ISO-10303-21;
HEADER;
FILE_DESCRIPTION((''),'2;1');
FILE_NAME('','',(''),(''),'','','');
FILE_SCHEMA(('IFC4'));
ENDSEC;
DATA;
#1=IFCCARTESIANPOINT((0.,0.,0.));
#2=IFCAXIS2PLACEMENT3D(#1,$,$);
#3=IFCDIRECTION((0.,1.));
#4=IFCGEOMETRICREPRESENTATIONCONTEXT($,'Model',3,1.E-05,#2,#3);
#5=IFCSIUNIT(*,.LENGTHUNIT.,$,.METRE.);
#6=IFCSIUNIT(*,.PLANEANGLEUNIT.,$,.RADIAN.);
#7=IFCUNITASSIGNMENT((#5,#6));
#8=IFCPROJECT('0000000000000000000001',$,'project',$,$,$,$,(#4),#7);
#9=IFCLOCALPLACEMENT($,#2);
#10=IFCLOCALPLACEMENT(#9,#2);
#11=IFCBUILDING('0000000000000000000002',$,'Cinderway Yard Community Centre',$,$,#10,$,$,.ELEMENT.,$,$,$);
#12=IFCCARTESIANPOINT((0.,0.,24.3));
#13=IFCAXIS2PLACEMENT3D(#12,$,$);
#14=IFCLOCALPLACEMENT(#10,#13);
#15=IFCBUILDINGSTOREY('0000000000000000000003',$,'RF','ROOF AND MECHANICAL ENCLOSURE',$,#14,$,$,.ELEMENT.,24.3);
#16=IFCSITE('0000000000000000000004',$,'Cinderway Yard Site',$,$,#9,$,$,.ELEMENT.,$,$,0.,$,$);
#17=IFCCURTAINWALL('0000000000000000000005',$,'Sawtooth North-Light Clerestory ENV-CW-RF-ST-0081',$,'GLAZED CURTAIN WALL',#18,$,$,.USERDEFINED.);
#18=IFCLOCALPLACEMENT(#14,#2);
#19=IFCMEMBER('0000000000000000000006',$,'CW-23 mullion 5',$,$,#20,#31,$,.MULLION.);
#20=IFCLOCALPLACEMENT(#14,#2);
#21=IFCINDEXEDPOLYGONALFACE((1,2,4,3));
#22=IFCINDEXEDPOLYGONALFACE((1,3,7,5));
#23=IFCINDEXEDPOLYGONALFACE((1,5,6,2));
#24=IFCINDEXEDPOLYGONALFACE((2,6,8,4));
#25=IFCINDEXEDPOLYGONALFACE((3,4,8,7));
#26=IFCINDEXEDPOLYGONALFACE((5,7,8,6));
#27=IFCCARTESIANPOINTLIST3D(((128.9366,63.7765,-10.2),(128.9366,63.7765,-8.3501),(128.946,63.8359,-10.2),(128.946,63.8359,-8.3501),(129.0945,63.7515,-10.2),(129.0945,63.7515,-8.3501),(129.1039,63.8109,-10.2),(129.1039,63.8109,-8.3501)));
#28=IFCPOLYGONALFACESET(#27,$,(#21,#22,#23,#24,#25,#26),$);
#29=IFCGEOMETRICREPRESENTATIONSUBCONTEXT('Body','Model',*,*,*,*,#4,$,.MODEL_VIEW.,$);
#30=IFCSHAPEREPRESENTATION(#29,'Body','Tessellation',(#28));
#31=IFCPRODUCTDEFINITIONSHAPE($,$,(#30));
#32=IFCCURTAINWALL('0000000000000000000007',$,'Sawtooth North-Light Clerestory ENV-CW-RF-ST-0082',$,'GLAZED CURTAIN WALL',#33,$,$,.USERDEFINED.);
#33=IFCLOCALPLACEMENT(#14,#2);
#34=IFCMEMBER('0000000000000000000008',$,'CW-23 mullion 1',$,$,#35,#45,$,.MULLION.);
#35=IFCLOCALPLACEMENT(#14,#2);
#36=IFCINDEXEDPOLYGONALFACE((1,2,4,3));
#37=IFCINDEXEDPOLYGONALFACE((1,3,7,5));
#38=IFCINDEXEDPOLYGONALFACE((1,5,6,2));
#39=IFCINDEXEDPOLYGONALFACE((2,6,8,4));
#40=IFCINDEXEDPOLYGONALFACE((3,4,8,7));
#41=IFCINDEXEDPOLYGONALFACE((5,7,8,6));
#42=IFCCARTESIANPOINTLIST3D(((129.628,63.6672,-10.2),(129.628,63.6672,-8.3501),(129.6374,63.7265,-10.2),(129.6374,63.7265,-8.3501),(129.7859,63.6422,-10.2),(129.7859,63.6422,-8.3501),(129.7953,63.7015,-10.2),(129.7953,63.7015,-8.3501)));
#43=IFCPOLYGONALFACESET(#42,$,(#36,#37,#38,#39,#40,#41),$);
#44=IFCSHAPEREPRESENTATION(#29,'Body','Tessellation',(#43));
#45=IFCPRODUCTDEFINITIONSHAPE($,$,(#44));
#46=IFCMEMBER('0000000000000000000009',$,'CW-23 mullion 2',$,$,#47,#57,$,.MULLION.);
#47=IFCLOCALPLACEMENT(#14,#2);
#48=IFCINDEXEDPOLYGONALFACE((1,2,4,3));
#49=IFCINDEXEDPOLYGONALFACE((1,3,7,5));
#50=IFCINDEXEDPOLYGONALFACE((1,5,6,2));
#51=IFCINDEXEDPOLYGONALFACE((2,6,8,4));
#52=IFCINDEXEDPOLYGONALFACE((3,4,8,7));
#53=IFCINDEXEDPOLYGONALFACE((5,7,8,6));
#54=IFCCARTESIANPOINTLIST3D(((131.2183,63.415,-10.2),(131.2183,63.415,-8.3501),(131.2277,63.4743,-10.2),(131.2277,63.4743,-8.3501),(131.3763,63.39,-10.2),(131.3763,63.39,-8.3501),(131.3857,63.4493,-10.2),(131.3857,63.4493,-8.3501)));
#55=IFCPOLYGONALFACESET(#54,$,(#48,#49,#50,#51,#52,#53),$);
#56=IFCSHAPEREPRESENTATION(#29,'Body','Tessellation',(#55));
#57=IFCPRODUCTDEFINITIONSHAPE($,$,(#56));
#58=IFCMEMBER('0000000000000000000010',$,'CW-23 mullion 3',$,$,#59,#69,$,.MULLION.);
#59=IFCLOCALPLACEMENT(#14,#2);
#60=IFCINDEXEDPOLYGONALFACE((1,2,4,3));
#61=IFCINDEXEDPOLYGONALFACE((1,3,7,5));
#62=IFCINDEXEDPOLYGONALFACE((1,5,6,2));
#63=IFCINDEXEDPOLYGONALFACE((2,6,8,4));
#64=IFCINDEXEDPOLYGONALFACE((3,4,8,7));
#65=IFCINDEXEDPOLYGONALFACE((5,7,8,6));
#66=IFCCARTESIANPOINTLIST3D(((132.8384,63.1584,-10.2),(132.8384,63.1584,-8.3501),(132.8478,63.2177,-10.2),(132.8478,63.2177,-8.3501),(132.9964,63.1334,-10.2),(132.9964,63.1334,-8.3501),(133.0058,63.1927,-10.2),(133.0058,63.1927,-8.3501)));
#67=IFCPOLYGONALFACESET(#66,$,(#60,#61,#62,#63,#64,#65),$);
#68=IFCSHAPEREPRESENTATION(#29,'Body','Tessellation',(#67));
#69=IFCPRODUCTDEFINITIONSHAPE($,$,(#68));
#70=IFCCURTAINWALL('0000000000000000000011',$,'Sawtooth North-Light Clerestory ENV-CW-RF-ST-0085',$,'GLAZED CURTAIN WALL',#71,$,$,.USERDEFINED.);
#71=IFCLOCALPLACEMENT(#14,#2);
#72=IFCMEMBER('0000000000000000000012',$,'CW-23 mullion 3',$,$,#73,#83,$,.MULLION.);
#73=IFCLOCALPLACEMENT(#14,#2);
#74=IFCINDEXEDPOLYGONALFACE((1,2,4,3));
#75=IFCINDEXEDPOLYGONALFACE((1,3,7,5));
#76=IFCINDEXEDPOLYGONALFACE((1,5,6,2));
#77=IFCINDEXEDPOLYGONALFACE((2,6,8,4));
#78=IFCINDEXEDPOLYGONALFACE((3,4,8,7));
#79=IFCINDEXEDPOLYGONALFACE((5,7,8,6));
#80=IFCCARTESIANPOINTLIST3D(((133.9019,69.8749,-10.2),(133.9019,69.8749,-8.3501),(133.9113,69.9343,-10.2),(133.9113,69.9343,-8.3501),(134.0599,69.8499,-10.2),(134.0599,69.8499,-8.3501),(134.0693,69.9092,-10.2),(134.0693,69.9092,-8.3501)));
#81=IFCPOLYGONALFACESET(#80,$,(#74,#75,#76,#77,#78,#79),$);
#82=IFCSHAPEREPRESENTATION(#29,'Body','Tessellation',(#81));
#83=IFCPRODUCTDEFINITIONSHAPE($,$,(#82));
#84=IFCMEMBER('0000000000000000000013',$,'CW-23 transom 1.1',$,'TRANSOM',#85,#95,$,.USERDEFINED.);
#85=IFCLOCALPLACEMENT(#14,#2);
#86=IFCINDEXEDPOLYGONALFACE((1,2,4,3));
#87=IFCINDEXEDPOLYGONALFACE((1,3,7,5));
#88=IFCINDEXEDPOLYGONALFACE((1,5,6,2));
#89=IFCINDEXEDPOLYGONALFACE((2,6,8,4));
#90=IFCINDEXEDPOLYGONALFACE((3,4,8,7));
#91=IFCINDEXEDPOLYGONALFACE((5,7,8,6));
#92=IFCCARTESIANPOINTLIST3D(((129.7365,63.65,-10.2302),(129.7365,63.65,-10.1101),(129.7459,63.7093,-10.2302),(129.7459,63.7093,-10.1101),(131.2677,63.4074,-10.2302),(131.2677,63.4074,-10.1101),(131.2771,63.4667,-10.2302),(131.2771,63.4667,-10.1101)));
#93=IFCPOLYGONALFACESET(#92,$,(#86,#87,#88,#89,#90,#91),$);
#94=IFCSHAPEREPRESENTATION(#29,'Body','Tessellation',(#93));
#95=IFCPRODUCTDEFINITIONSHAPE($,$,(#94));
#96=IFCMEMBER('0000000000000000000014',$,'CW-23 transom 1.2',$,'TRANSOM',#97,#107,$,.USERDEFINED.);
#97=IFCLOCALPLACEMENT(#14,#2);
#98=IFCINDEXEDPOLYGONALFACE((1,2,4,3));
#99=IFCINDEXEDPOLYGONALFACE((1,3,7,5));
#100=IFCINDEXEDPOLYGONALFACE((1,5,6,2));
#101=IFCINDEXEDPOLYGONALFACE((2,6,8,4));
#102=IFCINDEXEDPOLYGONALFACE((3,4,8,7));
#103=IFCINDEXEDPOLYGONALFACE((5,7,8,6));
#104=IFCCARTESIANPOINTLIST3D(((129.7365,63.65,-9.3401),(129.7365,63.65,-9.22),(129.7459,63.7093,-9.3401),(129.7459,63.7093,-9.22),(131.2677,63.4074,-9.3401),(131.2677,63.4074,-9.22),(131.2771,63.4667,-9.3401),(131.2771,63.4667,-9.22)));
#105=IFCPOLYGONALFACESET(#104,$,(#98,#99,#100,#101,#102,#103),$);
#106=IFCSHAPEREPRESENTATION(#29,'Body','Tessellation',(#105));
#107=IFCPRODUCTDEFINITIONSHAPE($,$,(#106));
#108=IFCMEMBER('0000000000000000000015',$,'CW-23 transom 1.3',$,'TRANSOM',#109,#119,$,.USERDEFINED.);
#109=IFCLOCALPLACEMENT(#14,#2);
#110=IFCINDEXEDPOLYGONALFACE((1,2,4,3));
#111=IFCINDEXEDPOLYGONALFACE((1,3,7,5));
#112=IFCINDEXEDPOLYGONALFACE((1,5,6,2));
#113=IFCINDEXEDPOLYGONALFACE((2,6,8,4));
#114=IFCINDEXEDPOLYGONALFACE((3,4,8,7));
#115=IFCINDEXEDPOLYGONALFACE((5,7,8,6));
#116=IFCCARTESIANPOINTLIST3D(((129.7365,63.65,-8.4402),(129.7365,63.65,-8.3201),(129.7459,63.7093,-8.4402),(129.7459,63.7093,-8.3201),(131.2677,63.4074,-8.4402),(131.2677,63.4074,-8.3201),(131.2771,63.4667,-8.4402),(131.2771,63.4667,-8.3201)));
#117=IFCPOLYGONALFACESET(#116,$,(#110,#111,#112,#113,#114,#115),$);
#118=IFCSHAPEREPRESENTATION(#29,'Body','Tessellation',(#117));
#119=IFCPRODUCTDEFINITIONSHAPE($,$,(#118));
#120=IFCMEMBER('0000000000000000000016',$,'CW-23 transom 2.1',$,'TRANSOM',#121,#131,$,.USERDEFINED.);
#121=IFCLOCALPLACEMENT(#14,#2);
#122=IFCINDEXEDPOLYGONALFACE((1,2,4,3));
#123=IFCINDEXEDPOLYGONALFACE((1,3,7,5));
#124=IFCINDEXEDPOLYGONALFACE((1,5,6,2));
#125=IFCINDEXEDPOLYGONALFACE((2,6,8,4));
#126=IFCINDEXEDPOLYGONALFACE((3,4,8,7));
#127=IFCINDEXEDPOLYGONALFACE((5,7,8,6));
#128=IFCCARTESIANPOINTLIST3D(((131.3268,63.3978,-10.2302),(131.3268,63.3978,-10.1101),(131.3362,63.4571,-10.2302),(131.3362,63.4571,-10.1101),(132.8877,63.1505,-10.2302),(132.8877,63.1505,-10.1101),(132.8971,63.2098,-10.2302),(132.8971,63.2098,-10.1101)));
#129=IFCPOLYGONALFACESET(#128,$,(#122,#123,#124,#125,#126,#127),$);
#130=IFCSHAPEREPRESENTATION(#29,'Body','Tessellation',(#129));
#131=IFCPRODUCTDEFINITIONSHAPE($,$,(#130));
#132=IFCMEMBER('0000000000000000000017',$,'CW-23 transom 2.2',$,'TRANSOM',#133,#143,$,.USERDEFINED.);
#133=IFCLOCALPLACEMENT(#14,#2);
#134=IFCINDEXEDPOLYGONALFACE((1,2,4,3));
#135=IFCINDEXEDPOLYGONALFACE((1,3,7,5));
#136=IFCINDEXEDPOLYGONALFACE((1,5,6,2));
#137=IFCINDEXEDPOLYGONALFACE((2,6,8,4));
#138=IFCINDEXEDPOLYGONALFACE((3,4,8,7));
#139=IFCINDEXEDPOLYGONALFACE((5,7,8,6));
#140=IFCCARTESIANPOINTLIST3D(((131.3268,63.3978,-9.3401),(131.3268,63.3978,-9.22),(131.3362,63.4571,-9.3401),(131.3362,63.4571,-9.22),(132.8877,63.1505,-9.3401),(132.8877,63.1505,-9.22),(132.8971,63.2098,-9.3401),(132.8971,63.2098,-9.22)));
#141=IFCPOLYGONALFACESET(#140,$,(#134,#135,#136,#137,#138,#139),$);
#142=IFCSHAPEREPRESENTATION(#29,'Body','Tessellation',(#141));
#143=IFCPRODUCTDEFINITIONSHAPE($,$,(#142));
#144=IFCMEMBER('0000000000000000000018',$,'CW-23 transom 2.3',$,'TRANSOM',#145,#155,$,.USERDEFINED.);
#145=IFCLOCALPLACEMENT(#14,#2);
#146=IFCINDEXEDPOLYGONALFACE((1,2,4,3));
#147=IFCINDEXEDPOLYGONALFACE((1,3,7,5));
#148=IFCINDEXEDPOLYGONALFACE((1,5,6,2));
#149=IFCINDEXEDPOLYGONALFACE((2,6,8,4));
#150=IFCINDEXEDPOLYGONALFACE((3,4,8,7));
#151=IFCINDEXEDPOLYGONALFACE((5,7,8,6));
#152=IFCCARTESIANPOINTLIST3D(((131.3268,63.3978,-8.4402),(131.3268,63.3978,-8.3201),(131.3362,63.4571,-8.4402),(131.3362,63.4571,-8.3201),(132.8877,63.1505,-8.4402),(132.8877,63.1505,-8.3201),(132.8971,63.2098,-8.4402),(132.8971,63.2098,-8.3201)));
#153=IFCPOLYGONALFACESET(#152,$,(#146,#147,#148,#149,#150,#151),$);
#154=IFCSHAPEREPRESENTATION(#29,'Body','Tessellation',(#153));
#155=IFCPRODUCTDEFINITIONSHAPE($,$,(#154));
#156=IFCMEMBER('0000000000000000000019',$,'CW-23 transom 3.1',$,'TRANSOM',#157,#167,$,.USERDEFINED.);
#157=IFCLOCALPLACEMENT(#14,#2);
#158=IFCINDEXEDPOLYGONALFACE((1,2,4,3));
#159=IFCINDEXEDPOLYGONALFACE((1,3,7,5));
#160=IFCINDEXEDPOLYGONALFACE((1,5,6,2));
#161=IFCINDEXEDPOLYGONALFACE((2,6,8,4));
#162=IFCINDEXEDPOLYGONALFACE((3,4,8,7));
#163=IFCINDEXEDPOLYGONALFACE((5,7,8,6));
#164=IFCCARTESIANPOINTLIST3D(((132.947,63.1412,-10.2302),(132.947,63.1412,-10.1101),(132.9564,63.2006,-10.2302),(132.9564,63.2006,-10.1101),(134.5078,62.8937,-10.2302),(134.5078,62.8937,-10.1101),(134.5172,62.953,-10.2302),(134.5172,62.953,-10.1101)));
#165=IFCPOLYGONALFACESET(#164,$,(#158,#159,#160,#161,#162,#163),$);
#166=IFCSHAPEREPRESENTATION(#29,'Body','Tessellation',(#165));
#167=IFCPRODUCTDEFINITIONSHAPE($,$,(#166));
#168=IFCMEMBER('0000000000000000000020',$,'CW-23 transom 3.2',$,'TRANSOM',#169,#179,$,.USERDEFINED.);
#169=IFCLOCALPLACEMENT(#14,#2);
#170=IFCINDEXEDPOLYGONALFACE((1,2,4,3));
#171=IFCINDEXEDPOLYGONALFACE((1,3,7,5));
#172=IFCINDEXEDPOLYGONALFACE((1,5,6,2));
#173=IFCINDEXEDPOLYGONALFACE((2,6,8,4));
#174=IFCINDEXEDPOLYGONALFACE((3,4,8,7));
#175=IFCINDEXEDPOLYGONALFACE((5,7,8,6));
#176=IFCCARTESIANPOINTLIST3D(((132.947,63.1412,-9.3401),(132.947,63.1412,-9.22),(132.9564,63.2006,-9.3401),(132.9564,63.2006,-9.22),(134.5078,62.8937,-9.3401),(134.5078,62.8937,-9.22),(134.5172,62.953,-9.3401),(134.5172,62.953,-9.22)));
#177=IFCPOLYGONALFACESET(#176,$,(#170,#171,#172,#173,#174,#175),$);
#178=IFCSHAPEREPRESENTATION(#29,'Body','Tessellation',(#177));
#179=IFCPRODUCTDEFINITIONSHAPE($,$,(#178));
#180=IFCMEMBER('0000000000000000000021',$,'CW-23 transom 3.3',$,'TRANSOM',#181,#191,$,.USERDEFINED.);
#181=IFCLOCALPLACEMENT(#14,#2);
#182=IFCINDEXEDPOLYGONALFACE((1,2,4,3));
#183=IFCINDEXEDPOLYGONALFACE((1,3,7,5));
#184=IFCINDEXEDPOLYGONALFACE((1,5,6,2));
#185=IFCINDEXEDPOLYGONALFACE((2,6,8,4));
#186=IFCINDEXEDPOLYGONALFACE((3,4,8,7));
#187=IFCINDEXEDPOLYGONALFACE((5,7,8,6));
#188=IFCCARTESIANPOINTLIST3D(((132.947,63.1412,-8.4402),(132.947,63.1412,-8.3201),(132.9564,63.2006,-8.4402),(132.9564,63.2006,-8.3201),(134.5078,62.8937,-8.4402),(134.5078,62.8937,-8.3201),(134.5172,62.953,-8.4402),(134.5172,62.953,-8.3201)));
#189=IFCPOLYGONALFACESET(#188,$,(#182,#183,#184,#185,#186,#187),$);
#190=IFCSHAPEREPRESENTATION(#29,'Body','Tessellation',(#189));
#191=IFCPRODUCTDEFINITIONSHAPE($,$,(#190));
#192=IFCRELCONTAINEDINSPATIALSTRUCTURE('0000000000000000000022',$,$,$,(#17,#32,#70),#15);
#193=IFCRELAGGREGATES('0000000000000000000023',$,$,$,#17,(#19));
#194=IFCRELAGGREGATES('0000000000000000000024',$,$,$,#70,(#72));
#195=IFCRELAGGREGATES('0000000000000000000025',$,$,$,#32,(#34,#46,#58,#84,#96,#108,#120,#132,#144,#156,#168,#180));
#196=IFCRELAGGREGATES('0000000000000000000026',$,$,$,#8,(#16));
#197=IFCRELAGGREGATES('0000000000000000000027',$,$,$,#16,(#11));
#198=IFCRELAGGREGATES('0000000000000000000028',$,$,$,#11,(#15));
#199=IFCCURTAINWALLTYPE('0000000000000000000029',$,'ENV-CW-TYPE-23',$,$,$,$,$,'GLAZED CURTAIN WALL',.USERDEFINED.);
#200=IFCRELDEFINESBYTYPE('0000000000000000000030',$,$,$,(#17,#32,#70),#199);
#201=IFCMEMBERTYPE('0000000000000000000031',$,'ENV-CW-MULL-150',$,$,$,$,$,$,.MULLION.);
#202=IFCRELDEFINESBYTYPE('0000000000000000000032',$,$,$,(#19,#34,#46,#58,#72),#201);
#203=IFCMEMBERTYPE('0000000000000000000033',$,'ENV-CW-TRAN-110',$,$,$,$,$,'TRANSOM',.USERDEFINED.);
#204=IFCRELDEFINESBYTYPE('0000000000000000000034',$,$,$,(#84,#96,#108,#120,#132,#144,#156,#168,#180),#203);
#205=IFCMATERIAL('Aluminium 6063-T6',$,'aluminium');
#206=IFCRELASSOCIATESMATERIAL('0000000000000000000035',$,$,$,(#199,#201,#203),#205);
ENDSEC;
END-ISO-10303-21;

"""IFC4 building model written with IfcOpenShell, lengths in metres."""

from ifc_helpers import new_model, si_unit, direction, frame, origin, origin_2d, place, context, subcontext, project, spatial, rectangle, extrude, material, material_profile, profile_set, type_object, element, aggregate, save


model = new_model("IFC4")

# Units and contexts
model_context = context("Model", 3, precision=1e-05, world=origin(), true_north=direction((0.0, 1.0)))
body_context = subcontext(model_context, "Body", "Model", "MODEL_VIEW")
ifc_project = project(units=[si_unit("LENGTHUNIT", "METRE"), si_unit("PLANEANGLEUNIT", "RADIAN")], contexts=[model_context])

# Site, building, storey
site_placement = place(None, origin())
site = spatial("IfcSite", under=ifc_project, at=site_placement, Name="Cinderway Yard Site", CompositionType="ELEMENT", RefElevation=0.0)
building_placement = place(site_placement, origin())
building = spatial("IfcBuilding", under=site, at=building_placement, Name="Cinderway Yard Community Centre", CompositionType="ELEMENT")
storey_placement = place(building_placement, frame((0.0, 0.0, 24.3)))
storey = spatial("IfcBuildingStorey", under=building, at=storey_placement, Name="RF", Description="ROOF AND MECHANICAL ENCLOSURE", CompositionType="ELEMENT", Elevation=24.3)

# Curtain wall, member
ifc_material_1 = material(Name="Aluminium 6063-T6", Category="aluminium")
curtain_wall_type = type_object("IfcCurtainWallType", Name="ENV-CW-TYPE-23", ElementType="GLAZED CURTAIN WALL", PredefinedType="USERDEFINED", material=ifc_material_1)
curtain_wall_1_placement = place(storey_placement, origin())
curtain_wall_1 = element("IfcCurtainWall", 1, at=curtain_wall_1_placement, inside=storey, type_object=curtain_wall_type, Name="Sawtooth North-Light Clerestory ENV-CW-RF-ST-0081", ObjectType="GLAZED CURTAIN WALL", PredefinedType="USERDEFINED")
ifc_material_profile_1 = material_profile(ifc_material_1, rectangle(XDim=0.0601, YDim=0.1599, at=origin_2d()), Name="Aluminium 6063-T6")
ifc_profile_set_1 = profile_set([ifc_material_profile_1], Name="Aluminium 6063-T6")
member_type_1 = type_object("IfcMemberType", Name="ENV-CW-MULL-150", PredefinedType="MULLION", material=ifc_profile_set_1)
member_1_placement = place(storey_placement, frame((129.0203, 63.7937, -10.2), z_axis=(0.0, 0.0, 1.0), x_axis=(0.156409, 0.987692, 0.0)))
member_1 = element("IfcMember", 2, at=member_1_placement, type_object=member_type_1, Name="CW-23 mullion 5", PredefinedType="MULLION", context=body_context, shape_type="SweptSolid", body=[
    extrude(rectangle(XDim=0.0601, YDim=0.1599, at=origin_2d()), origin(), (0.0, 0.0, 1.0), 1.8499),
])
aggregate(curtain_wall_1, [member_1])

# Curtain wall, members
curtain_wall_2_placement = place(storey_placement, origin())
curtain_wall_2 = element("IfcCurtainWall", 3, at=curtain_wall_2_placement, inside=storey, type_object=curtain_wall_type, Name="Sawtooth North-Light Clerestory ENV-CW-RF-ST-0082", ObjectType="GLAZED CURTAIN WALL", PredefinedType="USERDEFINED")
member_2_placement = place(storey_placement, frame((129.7117, 63.6843, -10.2), z_axis=(0.0, 0.0, 1.0), x_axis=(0.156534, 0.987673, 0.0)))
member_2 = element("IfcMember", 4, at=member_2_placement, type_object=member_type_1, Name="CW-23 mullion 1", PredefinedType="MULLION", context=body_context, shape_type="SweptSolid", body=[
    extrude(rectangle(XDim=0.0601, YDim=0.1599, at=origin_2d()), origin(), (0.0, 0.0, 1.0), 1.8499),
])
member_3_placement = place(storey_placement, frame((131.302, 63.4321, -10.2), z_axis=(0.0, 0.0, 1.0), x_axis=(0.156534, 0.987673, 0.0)))
member_3 = element("IfcMember", 5, at=member_3_placement, type_object=member_type_1, Name="CW-23 mullion 2", PredefinedType="MULLION", context=body_context, shape_type="SweptSolid", body=[
    extrude(rectangle(XDim=0.0601, YDim=0.1599, at=origin_2d()), origin(), (0.0, 0.0, 1.0), 1.8499),
])
member_4_placement = place(storey_placement, frame((132.9221, 63.1755, -10.2), z_axis=(0.0, 0.0, 1.0), x_axis=(0.156534, 0.987673, 0.0)))
member_4 = element("IfcMember", 6, at=member_4_placement, type_object=member_type_1, Name="CW-23 mullion 3", PredefinedType="MULLION", context=body_context, shape_type="SweptSolid", body=[
    extrude(rectangle(XDim=0.0601, YDim=0.1599, at=origin_2d()), origin(), (0.0, 0.0, 1.0), 1.8499),
])

# Curtain wall, member
curtain_wall_3_placement = place(storey_placement, origin())
curtain_wall_3 = element("IfcCurtainWall", 7, at=curtain_wall_3_placement, inside=storey, type_object=curtain_wall_type, Name="Sawtooth North-Light Clerestory ENV-CW-RF-ST-0085", ObjectType="GLAZED CURTAIN WALL", PredefinedType="USERDEFINED")
member_5_placement = place(storey_placement, frame((133.9856, 69.8921, -10.2), z_axis=(0.0, 0.0, 1.0), x_axis=(0.156409, 0.987692, 0.0)))
member_5 = element("IfcMember", 8, at=member_5_placement, type_object=member_type_1, Name="CW-23 mullion 3", PredefinedType="MULLION", context=body_context, shape_type="SweptSolid", body=[
    extrude(rectangle(XDim=0.0601, YDim=0.1599, at=origin_2d()), origin(), (0.0, 0.0, 1.0), 1.8499),
])
aggregate(curtain_wall_3, [member_5])

# Members
ifc_material_profile_2 = material_profile(ifc_material_1, rectangle(XDim=0.0601, YDim=0.1201, at=origin_2d()), Name="Aluminium 6063-T6")
ifc_profile_set_2 = profile_set([ifc_material_profile_2], Name="Aluminium 6063-T6")
member_type_2 = type_object("IfcMemberType", Name="ENV-CW-TRAN-110", ElementType="TRANSOM", PredefinedType="USERDEFINED", material=ifc_profile_set_2)
member_6_placement = place(storey_placement, frame((129.7412, 63.6797, -10.1702), z_axis=(0.987673, -0.156529, 0.0), x_axis=(0.156529, 0.987673, 0.0)))
member_6 = element("IfcMember", 9, at=member_6_placement, type_object=member_type_2, Name="CW-23 transom 1.1", ObjectType="TRANSOM", PredefinedType="USERDEFINED", context=body_context, shape_type="SweptSolid", body=[
    extrude(rectangle(XDim=0.0601, YDim=0.1201, at=origin_2d()), origin(), (0.0, 0.0, 1.0), 1.5503),
])
member_7_placement = place(storey_placement, frame((129.7412, 63.6797, -9.28), z_axis=(0.987673, -0.156529, 0.0), x_axis=(0.156529, 0.987673, 0.0)))
member_7 = element("IfcMember", 10, at=member_7_placement, type_object=member_type_2, Name="CW-23 transom 1.2", ObjectType="TRANSOM", PredefinedType="USERDEFINED", context=body_context, shape_type="SweptSolid", body=[
    extrude(rectangle(XDim=0.0601, YDim=0.1201, at=origin_2d()), origin(), (0.0, 0.0, 1.0), 1.5503),
])
member_8_placement = place(storey_placement, frame((129.7412, 63.6797, -8.3801), z_axis=(0.987673, -0.156529, 0.0), x_axis=(0.156529, 0.987673, 0.0)))
member_8 = element("IfcMember", 11, at=member_8_placement, type_object=member_type_2, Name="CW-23 transom 1.3", ObjectType="TRANSOM", PredefinedType="USERDEFINED", context=body_context, shape_type="SweptSolid", body=[
    extrude(rectangle(XDim=0.0601, YDim=0.1201, at=origin_2d()), origin(), (0.0, 0.0, 1.0), 1.5503),
])
member_9_placement = place(storey_placement, frame((131.3315, 63.4275, -10.1702), z_axis=(0.987678, -0.156502, 0.0), x_axis=(0.156502, 0.987678, 0.0)))
member_9 = element("IfcMember", 12, at=member_9_placement, type_object=member_type_2, Name="CW-23 transom 2.1", ObjectType="TRANSOM", PredefinedType="USERDEFINED", context=body_context, shape_type="SweptSolid", body=[
    extrude(rectangle(XDim=0.0601, YDim=0.1201, at=origin_2d()), origin(), (0.0, 0.0, 1.0), 1.5803),
])
member_10_placement = place(storey_placement, frame((131.3315, 63.4275, -9.28), z_axis=(0.987678, -0.156502, 0.0), x_axis=(0.156502, 0.987678, 0.0)))
member_10 = element("IfcMember", 13, at=member_10_placement, type_object=member_type_2, Name="CW-23 transom 2.2", ObjectType="TRANSOM", PredefinedType="USERDEFINED", context=body_context, shape_type="SweptSolid", body=[
    extrude(rectangle(XDim=0.0601, YDim=0.1201, at=origin_2d()), origin(), (0.0, 0.0, 1.0), 1.5803),
])
member_11_placement = place(storey_placement, frame((131.3315, 63.4275, -8.3801), z_axis=(0.987678, -0.156502, 0.0), x_axis=(0.156502, 0.987678, 0.0)))
member_11 = element("IfcMember", 14, at=member_11_placement, type_object=member_type_2, Name="CW-23 transom 2.3", ObjectType="TRANSOM", PredefinedType="USERDEFINED", context=body_context, shape_type="SweptSolid", body=[
    extrude(rectangle(XDim=0.0601, YDim=0.1201, at=origin_2d()), origin(), (0.0, 0.0, 1.0), 1.5803),
])
member_12_placement = place(storey_placement, frame((132.9517, 63.1709, -10.1702), z_axis=(0.987654, -0.156653, 0.0), x_axis=(0.156653, 0.987654, 0.0)))
member_12 = element("IfcMember", 15, at=member_12_placement, type_object=member_type_2, Name="CW-23 transom 3.1", ObjectType="TRANSOM", PredefinedType="USERDEFINED", context=body_context, shape_type="SweptSolid", body=[
    extrude(rectangle(XDim=0.0601, YDim=0.1201, at=origin_2d()), origin(), (0.0, 0.0, 1.0), 1.5803),
])
member_13_placement = place(storey_placement, frame((132.9517, 63.1709, -9.28), z_axis=(0.987654, -0.156653, 0.0), x_axis=(0.156653, 0.987654, 0.0)))
member_13 = element("IfcMember", 16, at=member_13_placement, type_object=member_type_2, Name="CW-23 transom 3.2", ObjectType="TRANSOM", PredefinedType="USERDEFINED", context=body_context, shape_type="SweptSolid", body=[
    extrude(rectangle(XDim=0.0601, YDim=0.1201, at=origin_2d()), origin(), (0.0, 0.0, 1.0), 1.5803),
])
member_14_placement = place(storey_placement, frame((132.9517, 63.1709, -8.3801), z_axis=(0.987654, -0.156653, 0.0), x_axis=(0.156653, 0.987654, 0.0)))
member_14 = element("IfcMember", 17, at=member_14_placement, type_object=member_type_2, Name="CW-23 transom 3.3", ObjectType="TRANSOM", PredefinedType="USERDEFINED", context=body_context, shape_type="SweptSolid", body=[
    extrude(rectangle(XDim=0.0601, YDim=0.1201, at=origin_2d()), origin(), (0.0, 0.0, 1.0), 1.5803),
])

aggregate(curtain_wall_2, [member_2, member_3, member_4, member_6, member_7, member_8, member_9, member_10, member_11, member_12, member_13, member_14])

save(model, "model.ifc")
